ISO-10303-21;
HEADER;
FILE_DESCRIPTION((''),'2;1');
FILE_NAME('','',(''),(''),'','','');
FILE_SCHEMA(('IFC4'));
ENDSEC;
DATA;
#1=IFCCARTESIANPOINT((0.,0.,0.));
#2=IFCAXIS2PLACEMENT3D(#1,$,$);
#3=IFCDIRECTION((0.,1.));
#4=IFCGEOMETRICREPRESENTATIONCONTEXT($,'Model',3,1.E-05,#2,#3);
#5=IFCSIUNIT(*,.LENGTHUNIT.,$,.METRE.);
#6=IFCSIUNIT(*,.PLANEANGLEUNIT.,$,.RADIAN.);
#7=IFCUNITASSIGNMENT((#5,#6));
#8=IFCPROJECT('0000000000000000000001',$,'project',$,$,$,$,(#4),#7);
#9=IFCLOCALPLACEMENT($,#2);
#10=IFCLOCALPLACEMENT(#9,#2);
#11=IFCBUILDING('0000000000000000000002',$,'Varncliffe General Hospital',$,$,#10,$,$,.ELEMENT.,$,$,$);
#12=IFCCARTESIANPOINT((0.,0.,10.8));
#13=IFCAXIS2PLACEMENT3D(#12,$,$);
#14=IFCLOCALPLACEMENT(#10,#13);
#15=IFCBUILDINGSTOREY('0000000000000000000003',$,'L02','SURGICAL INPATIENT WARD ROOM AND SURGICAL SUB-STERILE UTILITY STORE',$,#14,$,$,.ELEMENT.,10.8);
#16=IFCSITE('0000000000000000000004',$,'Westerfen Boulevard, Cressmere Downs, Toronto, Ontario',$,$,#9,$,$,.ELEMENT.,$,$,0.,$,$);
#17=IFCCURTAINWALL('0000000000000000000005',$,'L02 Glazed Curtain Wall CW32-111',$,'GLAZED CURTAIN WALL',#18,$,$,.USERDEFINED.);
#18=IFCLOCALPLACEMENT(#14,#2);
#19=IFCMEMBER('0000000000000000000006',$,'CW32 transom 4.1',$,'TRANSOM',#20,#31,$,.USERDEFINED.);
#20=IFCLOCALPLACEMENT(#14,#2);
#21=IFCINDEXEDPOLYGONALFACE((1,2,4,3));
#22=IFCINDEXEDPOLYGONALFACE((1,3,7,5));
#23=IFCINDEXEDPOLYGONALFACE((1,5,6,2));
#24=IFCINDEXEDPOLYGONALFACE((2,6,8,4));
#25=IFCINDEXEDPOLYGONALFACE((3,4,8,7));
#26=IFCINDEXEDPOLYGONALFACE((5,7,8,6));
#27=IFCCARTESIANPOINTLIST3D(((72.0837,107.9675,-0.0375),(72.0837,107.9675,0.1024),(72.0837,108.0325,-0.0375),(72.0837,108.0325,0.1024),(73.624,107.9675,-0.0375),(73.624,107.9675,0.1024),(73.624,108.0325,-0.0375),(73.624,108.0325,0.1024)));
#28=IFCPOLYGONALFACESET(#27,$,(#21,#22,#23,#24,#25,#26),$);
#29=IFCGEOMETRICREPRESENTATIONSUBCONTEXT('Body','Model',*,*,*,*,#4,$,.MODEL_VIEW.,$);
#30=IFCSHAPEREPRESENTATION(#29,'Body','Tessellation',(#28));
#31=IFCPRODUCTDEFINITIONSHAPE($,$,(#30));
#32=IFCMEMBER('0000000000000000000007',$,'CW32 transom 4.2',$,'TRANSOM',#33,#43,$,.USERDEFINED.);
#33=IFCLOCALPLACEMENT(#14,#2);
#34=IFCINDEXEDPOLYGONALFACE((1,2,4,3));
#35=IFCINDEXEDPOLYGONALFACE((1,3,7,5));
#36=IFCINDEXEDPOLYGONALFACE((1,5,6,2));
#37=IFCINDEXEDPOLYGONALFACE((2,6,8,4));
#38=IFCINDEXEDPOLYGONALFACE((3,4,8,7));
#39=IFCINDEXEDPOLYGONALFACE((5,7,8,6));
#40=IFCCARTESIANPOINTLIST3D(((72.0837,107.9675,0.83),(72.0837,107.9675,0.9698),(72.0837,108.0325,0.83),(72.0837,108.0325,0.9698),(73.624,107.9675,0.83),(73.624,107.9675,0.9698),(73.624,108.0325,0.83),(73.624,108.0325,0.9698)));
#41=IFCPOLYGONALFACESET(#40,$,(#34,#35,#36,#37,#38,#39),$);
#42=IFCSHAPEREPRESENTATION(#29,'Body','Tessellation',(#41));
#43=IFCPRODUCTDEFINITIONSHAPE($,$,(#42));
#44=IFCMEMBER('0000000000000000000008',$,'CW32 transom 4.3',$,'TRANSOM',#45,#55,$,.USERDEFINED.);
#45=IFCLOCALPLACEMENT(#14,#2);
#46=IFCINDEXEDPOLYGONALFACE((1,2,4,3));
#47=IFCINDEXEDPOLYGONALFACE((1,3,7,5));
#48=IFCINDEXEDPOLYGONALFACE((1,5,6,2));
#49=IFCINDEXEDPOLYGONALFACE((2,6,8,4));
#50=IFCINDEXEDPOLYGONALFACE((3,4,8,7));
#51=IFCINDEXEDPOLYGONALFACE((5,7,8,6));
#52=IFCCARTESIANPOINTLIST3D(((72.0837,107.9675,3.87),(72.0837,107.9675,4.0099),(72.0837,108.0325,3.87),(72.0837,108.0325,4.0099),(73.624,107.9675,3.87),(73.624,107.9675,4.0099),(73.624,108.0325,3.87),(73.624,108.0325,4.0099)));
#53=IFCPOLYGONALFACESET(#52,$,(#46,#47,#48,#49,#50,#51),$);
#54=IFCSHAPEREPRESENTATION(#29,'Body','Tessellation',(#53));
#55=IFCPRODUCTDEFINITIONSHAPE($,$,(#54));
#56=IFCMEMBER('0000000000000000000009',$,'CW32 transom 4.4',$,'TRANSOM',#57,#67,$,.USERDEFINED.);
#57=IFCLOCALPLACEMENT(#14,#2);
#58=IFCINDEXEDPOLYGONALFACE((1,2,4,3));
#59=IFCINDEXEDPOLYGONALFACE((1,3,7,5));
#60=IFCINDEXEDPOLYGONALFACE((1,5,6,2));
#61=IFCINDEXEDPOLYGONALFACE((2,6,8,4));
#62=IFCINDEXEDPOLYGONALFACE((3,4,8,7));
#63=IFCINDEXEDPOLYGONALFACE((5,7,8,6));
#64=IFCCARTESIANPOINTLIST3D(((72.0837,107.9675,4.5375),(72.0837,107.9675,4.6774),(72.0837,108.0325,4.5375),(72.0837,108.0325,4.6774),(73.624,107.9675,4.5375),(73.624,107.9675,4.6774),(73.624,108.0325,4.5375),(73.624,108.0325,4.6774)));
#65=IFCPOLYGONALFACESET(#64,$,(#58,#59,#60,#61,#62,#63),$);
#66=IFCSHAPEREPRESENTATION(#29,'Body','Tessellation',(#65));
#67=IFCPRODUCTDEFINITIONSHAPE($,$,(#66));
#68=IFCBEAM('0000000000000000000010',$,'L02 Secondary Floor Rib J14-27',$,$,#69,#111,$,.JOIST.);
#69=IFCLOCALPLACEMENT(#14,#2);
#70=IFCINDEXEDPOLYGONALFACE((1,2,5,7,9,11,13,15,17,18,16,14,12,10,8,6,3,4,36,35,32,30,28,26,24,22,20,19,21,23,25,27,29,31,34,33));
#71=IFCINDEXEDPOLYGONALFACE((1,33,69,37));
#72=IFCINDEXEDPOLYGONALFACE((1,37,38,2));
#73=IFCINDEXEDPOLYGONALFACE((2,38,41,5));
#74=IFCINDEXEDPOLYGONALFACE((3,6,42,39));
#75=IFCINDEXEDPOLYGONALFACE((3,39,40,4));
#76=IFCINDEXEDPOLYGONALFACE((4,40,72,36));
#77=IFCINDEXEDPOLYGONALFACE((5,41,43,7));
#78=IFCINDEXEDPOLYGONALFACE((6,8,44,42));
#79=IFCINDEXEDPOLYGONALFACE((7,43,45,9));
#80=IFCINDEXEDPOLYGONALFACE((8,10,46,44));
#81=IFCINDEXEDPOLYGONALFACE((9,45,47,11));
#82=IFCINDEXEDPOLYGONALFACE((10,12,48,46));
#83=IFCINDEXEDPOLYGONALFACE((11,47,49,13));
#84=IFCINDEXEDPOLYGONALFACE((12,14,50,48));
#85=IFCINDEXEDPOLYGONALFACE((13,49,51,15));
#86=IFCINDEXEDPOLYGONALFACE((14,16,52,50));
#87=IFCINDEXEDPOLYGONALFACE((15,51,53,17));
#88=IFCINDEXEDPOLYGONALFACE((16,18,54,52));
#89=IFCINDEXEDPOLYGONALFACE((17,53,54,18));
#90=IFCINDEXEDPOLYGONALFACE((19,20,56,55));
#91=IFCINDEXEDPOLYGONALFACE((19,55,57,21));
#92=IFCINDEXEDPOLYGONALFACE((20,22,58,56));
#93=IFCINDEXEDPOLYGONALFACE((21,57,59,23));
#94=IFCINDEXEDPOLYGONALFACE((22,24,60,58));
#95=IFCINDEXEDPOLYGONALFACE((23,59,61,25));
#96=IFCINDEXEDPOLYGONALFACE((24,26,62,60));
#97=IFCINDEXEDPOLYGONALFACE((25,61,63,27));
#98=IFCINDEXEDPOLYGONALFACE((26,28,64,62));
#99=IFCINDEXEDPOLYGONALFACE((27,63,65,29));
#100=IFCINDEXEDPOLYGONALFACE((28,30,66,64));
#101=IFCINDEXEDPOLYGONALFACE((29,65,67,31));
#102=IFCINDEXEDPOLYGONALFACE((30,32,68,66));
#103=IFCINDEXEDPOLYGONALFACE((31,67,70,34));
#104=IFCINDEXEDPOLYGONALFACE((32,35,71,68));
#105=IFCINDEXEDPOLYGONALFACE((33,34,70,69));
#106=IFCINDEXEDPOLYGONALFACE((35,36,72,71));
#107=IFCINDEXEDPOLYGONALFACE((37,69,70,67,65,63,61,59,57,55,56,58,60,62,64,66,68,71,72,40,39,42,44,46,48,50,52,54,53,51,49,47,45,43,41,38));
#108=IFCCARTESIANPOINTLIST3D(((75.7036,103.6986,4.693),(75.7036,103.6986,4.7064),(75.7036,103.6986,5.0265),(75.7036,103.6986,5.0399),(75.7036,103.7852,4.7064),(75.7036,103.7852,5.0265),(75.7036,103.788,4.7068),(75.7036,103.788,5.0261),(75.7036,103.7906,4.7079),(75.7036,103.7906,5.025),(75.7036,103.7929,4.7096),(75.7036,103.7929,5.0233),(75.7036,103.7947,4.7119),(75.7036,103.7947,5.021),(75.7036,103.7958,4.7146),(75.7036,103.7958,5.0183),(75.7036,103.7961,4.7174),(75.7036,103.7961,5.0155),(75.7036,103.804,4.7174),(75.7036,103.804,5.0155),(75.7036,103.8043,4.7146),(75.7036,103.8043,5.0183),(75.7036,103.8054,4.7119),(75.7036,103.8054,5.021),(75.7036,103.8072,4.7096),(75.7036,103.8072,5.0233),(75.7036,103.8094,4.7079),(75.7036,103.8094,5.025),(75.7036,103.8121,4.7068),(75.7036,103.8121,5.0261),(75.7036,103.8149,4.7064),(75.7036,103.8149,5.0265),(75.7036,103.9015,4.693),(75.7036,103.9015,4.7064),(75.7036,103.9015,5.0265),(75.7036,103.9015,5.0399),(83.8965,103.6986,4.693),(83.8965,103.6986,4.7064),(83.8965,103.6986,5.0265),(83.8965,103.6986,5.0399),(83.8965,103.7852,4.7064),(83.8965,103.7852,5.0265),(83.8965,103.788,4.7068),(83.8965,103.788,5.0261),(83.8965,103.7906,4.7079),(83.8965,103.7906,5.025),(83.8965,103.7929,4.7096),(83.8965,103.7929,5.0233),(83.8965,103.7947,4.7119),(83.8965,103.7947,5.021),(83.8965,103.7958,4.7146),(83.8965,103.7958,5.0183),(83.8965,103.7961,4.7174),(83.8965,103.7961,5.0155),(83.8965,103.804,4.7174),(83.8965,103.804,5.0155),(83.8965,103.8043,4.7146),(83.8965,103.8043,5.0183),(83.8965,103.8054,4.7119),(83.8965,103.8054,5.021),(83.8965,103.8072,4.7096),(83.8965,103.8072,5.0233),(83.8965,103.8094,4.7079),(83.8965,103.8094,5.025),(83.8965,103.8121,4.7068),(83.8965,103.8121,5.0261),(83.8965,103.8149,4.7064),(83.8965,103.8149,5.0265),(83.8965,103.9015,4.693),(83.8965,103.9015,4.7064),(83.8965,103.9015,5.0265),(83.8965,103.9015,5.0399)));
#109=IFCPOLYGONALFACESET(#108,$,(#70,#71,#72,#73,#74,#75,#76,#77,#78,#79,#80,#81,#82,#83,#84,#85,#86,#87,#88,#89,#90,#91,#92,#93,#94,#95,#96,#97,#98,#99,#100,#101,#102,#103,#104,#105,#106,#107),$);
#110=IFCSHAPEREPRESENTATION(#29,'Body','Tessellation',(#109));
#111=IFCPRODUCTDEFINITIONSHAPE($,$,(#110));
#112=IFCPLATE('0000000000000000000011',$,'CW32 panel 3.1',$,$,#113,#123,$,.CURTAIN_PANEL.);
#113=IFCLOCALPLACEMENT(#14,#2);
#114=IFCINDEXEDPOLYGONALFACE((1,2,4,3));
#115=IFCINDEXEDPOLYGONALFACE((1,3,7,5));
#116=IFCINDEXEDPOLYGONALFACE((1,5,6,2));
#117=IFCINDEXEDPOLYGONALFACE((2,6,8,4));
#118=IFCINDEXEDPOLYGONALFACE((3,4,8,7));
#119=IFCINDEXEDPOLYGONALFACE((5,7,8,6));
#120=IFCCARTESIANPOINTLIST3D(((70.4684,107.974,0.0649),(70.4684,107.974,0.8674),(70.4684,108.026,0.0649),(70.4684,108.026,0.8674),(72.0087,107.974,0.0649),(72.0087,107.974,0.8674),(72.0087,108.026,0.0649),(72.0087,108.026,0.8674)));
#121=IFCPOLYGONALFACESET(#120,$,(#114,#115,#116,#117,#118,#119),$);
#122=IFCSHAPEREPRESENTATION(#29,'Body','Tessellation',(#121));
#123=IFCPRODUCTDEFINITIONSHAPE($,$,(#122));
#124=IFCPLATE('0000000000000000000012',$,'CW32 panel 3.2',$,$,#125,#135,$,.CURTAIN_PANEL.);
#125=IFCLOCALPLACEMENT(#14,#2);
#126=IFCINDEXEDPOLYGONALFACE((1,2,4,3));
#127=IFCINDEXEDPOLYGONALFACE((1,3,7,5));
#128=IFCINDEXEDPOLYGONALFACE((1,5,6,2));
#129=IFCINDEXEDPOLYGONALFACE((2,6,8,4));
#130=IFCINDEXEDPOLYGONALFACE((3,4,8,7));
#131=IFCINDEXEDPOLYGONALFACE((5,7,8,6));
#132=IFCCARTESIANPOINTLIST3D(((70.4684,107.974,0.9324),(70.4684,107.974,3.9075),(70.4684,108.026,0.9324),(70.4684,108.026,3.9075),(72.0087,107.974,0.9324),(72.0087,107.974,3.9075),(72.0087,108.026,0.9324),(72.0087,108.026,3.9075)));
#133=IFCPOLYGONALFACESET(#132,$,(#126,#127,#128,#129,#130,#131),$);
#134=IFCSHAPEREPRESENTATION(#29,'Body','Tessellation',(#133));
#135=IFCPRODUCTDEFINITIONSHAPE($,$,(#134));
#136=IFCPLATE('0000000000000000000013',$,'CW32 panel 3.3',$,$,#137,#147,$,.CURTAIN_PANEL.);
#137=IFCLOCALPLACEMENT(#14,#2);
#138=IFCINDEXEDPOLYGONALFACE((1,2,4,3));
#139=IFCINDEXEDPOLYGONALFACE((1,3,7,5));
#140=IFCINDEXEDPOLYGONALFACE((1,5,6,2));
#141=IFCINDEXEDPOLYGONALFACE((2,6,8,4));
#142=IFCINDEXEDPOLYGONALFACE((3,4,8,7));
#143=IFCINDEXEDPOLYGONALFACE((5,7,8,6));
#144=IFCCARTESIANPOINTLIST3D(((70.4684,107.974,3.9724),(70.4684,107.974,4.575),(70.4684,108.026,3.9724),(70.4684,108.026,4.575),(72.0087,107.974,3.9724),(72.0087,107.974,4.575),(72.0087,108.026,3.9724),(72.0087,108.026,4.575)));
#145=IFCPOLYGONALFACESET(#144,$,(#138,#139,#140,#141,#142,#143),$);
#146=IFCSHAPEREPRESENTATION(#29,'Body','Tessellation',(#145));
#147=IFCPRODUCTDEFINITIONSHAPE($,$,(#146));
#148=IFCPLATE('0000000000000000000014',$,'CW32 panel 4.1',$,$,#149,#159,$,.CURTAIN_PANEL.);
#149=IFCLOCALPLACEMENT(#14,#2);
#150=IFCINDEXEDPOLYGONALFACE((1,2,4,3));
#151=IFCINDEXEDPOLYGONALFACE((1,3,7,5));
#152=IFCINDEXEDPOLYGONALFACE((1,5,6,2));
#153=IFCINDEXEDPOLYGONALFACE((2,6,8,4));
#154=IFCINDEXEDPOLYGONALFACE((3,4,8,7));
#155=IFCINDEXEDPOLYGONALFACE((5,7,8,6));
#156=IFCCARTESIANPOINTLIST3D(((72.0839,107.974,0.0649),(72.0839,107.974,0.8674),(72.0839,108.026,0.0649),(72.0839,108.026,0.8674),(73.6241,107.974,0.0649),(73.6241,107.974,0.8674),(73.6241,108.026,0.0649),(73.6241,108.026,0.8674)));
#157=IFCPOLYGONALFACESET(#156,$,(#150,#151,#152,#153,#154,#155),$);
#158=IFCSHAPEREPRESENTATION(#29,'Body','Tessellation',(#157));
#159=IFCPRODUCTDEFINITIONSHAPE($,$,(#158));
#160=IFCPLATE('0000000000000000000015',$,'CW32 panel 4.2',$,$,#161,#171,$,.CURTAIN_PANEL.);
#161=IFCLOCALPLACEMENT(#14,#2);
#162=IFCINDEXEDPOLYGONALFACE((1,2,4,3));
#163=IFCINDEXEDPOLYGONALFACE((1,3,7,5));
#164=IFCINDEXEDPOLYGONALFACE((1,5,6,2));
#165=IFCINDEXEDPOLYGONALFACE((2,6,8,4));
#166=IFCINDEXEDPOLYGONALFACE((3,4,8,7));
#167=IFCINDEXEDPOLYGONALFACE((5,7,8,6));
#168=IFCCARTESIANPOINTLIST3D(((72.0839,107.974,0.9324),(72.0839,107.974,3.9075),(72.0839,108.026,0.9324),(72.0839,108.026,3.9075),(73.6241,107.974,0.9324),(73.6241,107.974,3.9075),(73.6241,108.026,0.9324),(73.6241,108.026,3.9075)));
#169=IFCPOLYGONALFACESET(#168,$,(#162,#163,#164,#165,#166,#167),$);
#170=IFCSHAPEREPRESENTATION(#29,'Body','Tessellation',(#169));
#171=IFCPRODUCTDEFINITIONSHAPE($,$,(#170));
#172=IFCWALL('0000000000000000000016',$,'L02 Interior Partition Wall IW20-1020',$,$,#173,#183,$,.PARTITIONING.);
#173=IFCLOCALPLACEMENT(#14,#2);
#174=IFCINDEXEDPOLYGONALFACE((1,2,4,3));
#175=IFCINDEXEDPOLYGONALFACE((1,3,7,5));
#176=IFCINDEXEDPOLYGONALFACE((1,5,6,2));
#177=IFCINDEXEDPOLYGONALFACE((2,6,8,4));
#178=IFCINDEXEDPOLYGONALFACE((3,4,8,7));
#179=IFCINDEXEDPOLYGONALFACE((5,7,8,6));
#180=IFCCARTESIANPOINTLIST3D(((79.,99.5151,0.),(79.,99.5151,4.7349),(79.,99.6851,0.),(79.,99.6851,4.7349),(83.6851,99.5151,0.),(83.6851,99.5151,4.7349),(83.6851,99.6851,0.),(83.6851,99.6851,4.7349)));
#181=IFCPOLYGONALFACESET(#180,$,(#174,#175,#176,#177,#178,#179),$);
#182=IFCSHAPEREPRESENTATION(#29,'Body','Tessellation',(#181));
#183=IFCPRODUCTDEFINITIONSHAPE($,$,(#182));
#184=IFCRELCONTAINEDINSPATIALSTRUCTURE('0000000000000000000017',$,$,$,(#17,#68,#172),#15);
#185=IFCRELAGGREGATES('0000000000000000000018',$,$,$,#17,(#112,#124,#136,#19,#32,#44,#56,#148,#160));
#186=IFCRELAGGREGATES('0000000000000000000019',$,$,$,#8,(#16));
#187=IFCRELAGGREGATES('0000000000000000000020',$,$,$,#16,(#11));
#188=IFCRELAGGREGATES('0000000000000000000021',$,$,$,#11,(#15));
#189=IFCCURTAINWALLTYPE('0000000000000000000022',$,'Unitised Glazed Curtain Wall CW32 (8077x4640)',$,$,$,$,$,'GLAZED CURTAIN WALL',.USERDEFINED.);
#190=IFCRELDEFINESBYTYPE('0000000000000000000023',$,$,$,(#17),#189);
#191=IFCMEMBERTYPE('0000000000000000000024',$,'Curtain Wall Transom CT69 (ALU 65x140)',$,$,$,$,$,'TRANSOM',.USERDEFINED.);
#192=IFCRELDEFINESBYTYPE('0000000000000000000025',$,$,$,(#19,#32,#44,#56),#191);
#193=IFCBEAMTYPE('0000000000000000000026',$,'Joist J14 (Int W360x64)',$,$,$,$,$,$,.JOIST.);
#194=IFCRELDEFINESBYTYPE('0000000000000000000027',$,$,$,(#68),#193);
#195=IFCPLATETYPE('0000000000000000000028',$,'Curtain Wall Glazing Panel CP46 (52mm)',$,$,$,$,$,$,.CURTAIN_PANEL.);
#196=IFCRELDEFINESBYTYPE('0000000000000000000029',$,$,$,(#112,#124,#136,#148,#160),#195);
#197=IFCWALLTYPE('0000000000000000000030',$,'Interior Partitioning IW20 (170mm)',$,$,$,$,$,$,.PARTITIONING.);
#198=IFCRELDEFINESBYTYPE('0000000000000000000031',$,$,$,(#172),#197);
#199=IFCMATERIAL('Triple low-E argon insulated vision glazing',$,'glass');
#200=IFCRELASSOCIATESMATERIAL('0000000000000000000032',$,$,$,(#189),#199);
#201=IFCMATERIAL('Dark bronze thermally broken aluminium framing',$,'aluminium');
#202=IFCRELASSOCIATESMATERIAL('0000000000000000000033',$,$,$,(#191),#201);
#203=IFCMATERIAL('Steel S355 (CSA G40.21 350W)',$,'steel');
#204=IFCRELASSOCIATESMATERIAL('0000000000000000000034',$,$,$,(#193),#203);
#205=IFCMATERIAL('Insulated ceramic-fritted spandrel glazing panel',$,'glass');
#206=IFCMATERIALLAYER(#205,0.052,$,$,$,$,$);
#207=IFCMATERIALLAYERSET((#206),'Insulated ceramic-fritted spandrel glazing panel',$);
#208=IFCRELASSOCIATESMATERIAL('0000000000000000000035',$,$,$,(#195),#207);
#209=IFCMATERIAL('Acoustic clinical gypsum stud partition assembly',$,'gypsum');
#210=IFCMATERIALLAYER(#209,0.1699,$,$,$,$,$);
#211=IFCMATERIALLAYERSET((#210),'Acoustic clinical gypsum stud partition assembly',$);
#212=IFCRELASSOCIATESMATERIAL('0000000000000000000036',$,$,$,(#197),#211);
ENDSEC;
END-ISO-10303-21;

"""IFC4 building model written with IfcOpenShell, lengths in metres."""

from ifc_helpers import new_model, si_unit, direction, frame, frame_2d, origin, origin_2d, place, context, subcontext, project, spatial, rectangle, i_section, extrude, material, layer, layer_set, material_profile, profile_set, type_object, element, aggregate, save


model = new_model("IFC4")

# Units and contexts
model_context = context("Model", 3, precision=1e-05, world=origin(), true_north=direction((0.0, 1.0)))
body_context = subcontext(model_context, "Body", "Model", "MODEL_VIEW")
ifc_project = project(units=[si_unit("LENGTHUNIT", "METRE"), si_unit("PLANEANGLEUNIT", "RADIAN")], contexts=[model_context])

# Site, building, storey
site_placement = place(None, origin())
site = spatial("IfcSite", under=ifc_project, at=site_placement, Name="Westerfen Boulevard, Cressmere Downs, Toronto, Ontario", CompositionType="ELEMENT", RefElevation=0.0)
building_placement = place(site_placement, origin())
building = spatial("IfcBuilding", under=site, at=building_placement, Name="Varncliffe General Hospital", CompositionType="ELEMENT")
storey_placement = place(building_placement, frame((0.0, 0.0, 10.8)))
storey = spatial("IfcBuildingStorey", under=building, at=storey_placement, Name="L02", Description="SURGICAL INPATIENT WARD ROOM AND SURGICAL SUB-STERILE UTILITY STORE", CompositionType="ELEMENT", Elevation=10.8)

# Shared definitions
ifc_material_1 = material(Name="Steel S355 (CSA G40.21 350W)", Category="steel")

# Curtain wall, members
ifc_material_2 = material(Name="Triple low-E argon insulated vision glazing", Category="glass")
curtain_wall_type = type_object("IfcCurtainWallType", Name="Unitised Glazed Curtain Wall CW32 (8077x4640)", ElementType="GLAZED CURTAIN WALL", PredefinedType="USERDEFINED", material=ifc_material_2)
curtain_wall_placement = place(storey_placement, origin())
curtain_wall = element("IfcCurtainWall", 1, at=curtain_wall_placement, inside=storey, type_object=curtain_wall_type, Name="L02 Glazed Curtain Wall CW32-111", ObjectType="GLAZED CURTAIN WALL", PredefinedType="USERDEFINED")
ifc_material_3 = material(Name="Dark bronze thermally broken aluminium framing", Category="aluminium")
ifc_material_profile_1 = material_profile(ifc_material_3, rectangle(XDim=0.0649, YDim=0.1399, at=origin_2d()), Name="ALU 65x140")
ifc_profile_set_1 = profile_set([ifc_material_profile_1], Name="Dark bronze thermally broken aluminium framing")
member_type_1 = type_object("IfcMemberType", Name="Curtain Wall Transom CT69 (ALU 65x140)", ElementType="TRANSOM", PredefinedType="USERDEFINED", material=ifc_profile_set_1)
member_1_placement = place(storey_placement, frame((72.0837, 108.0, 0.0325), z_axis=(1.0, 0.0, 0.0), x_axis=(0.0, 1.0, 0.0)))
member_1 = element("IfcMember", 2, at=member_1_placement, type_object=member_type_1, Name="CW32 transom 4.1", ObjectType="TRANSOM", PredefinedType="USERDEFINED", context=body_context, shape_type="SweptSolid", body=[
    extrude(rectangle(XDim=0.0649, YDim=0.1399, at=origin_2d()), origin(), (0.0, 0.0, 1.0), 1.5403),
])
member_2_placement = place(storey_placement, frame((72.0837, 108.0, 0.8999), z_axis=(1.0, 0.0, 0.0), x_axis=(0.0, 1.0, 0.0)))
member_2 = element("IfcMember", 3, at=member_2_placement, type_object=member_type_1, Name="CW32 transom 4.2", ObjectType="TRANSOM", PredefinedType="USERDEFINED", context=body_context, shape_type="SweptSolid", body=[
    extrude(rectangle(XDim=0.0649, YDim=0.1399, at=origin_2d()), origin(), (0.0, 0.0, 1.0), 1.5403),
])
member_3_placement = place(storey_placement, frame((72.0837, 108.0, 3.9399), z_axis=(1.0, 0.0, 0.0), x_axis=(0.0, 1.0, 0.0)))
member_3 = element("IfcMember", 4, at=member_3_placement, type_object=member_type_1, Name="CW32 transom 4.3", ObjectType="TRANSOM", PredefinedType="USERDEFINED", context=body_context, shape_type="SweptSolid", body=[
    extrude(rectangle(XDim=0.0649, YDim=0.1399, at=origin_2d()), origin(), (0.0, 0.0, 1.0), 1.5403),
])
member_4_placement = place(storey_placement, frame((72.0837, 108.0, 4.6074), z_axis=(1.0, 0.0, 0.0), x_axis=(0.0, 1.0, 0.0)))
member_4 = element("IfcMember", 5, at=member_4_placement, type_object=member_type_1, Name="CW32 transom 4.4", ObjectType="TRANSOM", PredefinedType="USERDEFINED", context=body_context, shape_type="SweptSolid", body=[
    extrude(rectangle(XDim=0.0649, YDim=0.1399, at=origin_2d()), origin(), (0.0, 0.0, 1.0), 1.5403),
])

# Beam
ifc_material_profile_2 = material_profile(ifc_material_1, i_section(OverallWidth=0.2029, OverallDepth=0.3469, WebThickness=0.0078, FlangeThickness=0.0134, FilletRadius=0.011, at=origin_2d()), Name="W360x64")
ifc_profile_set_2 = profile_set([ifc_material_profile_2], Name="Steel S355 (CSA G40.21 350W)")
beam_type_1 = type_object("IfcBeamType", Name="Joist J14 (Int W360x64)", PredefinedType="JOIST", material=ifc_profile_set_2)
beam_1_placement = place(storey_placement, frame((75.7036, 103.8, 4.8665), z_axis=(1.0, 0.0, 0.0), x_axis=(0.0, 1.0, 0.0)))
element("IfcBeam", 6, at=beam_1_placement, inside=storey, type_object=beam_type_1, Name="L02 Secondary Floor Rib J14-27", PredefinedType="JOIST", context=body_context, shape_type="SweptSolid", body=[
    extrude(i_section(OverallWidth=0.2029, OverallDepth=0.3469, WebThickness=0.0078, FlangeThickness=0.0134, FilletRadius=0.011, at=origin_2d()), origin(), (0.0, 0.0, 1.0), 8.1929),
])

# Plates
ifc_material_4 = material(Name="Insulated ceramic-fritted spandrel glazing panel", Category="glass")
ifc_layer_1 = layer(ifc_material_4, 0.052)
ifc_layer_set_1 = layer_set([ifc_layer_1], Name="Insulated ceramic-fritted spandrel glazing panel")
plate_type = type_object("IfcPlateType", Name="Curtain Wall Glazing Panel CP46 (52mm)", PredefinedType="CURTAIN_PANEL", material=ifc_layer_set_1)
plate_1_placement = place(storey_placement, frame((71.2385, 108.0, 0.0649), z_axis=(0.0, 0.0, 1.0), x_axis=(1.0, 0.0, 0.0)))
plate_1 = element("IfcPlate", 7, at=plate_1_placement, type_object=plate_type, Name="CW32 panel 3.1", PredefinedType="CURTAIN_PANEL", context=body_context, shape_type="SweptSolid", body=[
    extrude(rectangle(XDim=1.5403, YDim=0.052, at=origin_2d()), origin(), (0.0, 0.0, 1.0), 0.8025),
])
plate_2_placement = place(storey_placement, frame((71.2385, 108.0, 0.9324), z_axis=(0.0, 0.0, 1.0), x_axis=(1.0, 0.0, 0.0)))
plate_2 = element("IfcPlate", 8, at=plate_2_placement, type_object=plate_type, Name="CW32 panel 3.2", PredefinedType="CURTAIN_PANEL", context=body_context, shape_type="SweptSolid", body=[
    extrude(rectangle(XDim=1.5403, YDim=0.052, at=origin_2d()), origin(), (0.0, 0.0, 1.0), 2.9751),
])
plate_3_placement = place(storey_placement, frame((71.2385, 108.0, 3.9724), z_axis=(0.0, 0.0, 1.0), x_axis=(1.0, 0.0, 0.0)))
plate_3 = element("IfcPlate", 9, at=plate_3_placement, type_object=plate_type, Name="CW32 panel 3.3", PredefinedType="CURTAIN_PANEL", context=body_context, shape_type="SweptSolid", body=[
    extrude(rectangle(XDim=1.5403, YDim=0.052, at=origin_2d()), origin(), (0.0, 0.0, 1.0), 0.6025),
])
plate_4_placement = place(storey_placement, frame((72.854, 108.0, 0.0649), z_axis=(0.0, 0.0, 1.0), x_axis=(1.0, 0.0, 0.0)))
plate_4 = element("IfcPlate", 10, at=plate_4_placement, type_object=plate_type, Name="CW32 panel 4.1", PredefinedType="CURTAIN_PANEL", context=body_context, shape_type="SweptSolid", body=[
    extrude(rectangle(XDim=1.5403, YDim=0.052, at=origin_2d()), origin(), (0.0, 0.0, 1.0), 0.8025),
])
plate_5_placement = place(storey_placement, frame((72.854, 108.0, 0.9324), z_axis=(0.0, 0.0, 1.0), x_axis=(1.0, 0.0, 0.0)))
plate_5 = element("IfcPlate", 11, at=plate_5_placement, type_object=plate_type, Name="CW32 panel 4.2", PredefinedType="CURTAIN_PANEL", context=body_context, shape_type="SweptSolid", body=[
    extrude(rectangle(XDim=1.5403, YDim=0.052, at=origin_2d()), origin(), (0.0, 0.0, 1.0), 2.9751),
])
aggregate(curtain_wall, [plate_1, plate_2, plate_3, member_1, member_2, member_3, member_4, plate_4, plate_5])

# Wall
ifc_material_5 = material(Name="Acoustic clinical gypsum stud partition assembly", Category="gypsum")
ifc_layer_2 = layer(ifc_material_5, 0.1699)
ifc_layer_set_2 = layer_set([ifc_layer_2], Name="Acoustic clinical gypsum stud partition assembly")
wall_type_1 = type_object("IfcWallType", Name="Interior Partitioning IW20 (170mm)", PredefinedType="PARTITIONING", material=ifc_layer_set_2)
wall_1_placement = place(storey_placement, frame((79.0, 99.6001, 0.0), z_axis=(0.0, 0.0, 1.0), x_axis=(1.0, 0.0, 0.0)))
element("IfcWall", 12, at=wall_1_placement, inside=storey, type_object=wall_type_1, Name="L02 Interior Partition Wall IW20-1020", PredefinedType="PARTITIONING", context=body_context, shape_type="SweptSolid", body=[
    extrude(rectangle(XDim=4.6851, YDim=0.1699, at=frame_2d((2.3425, 0.0))), origin(), (0.0, 0.0, 1.0), 4.7349),
])

save(model, "model.ifc")
